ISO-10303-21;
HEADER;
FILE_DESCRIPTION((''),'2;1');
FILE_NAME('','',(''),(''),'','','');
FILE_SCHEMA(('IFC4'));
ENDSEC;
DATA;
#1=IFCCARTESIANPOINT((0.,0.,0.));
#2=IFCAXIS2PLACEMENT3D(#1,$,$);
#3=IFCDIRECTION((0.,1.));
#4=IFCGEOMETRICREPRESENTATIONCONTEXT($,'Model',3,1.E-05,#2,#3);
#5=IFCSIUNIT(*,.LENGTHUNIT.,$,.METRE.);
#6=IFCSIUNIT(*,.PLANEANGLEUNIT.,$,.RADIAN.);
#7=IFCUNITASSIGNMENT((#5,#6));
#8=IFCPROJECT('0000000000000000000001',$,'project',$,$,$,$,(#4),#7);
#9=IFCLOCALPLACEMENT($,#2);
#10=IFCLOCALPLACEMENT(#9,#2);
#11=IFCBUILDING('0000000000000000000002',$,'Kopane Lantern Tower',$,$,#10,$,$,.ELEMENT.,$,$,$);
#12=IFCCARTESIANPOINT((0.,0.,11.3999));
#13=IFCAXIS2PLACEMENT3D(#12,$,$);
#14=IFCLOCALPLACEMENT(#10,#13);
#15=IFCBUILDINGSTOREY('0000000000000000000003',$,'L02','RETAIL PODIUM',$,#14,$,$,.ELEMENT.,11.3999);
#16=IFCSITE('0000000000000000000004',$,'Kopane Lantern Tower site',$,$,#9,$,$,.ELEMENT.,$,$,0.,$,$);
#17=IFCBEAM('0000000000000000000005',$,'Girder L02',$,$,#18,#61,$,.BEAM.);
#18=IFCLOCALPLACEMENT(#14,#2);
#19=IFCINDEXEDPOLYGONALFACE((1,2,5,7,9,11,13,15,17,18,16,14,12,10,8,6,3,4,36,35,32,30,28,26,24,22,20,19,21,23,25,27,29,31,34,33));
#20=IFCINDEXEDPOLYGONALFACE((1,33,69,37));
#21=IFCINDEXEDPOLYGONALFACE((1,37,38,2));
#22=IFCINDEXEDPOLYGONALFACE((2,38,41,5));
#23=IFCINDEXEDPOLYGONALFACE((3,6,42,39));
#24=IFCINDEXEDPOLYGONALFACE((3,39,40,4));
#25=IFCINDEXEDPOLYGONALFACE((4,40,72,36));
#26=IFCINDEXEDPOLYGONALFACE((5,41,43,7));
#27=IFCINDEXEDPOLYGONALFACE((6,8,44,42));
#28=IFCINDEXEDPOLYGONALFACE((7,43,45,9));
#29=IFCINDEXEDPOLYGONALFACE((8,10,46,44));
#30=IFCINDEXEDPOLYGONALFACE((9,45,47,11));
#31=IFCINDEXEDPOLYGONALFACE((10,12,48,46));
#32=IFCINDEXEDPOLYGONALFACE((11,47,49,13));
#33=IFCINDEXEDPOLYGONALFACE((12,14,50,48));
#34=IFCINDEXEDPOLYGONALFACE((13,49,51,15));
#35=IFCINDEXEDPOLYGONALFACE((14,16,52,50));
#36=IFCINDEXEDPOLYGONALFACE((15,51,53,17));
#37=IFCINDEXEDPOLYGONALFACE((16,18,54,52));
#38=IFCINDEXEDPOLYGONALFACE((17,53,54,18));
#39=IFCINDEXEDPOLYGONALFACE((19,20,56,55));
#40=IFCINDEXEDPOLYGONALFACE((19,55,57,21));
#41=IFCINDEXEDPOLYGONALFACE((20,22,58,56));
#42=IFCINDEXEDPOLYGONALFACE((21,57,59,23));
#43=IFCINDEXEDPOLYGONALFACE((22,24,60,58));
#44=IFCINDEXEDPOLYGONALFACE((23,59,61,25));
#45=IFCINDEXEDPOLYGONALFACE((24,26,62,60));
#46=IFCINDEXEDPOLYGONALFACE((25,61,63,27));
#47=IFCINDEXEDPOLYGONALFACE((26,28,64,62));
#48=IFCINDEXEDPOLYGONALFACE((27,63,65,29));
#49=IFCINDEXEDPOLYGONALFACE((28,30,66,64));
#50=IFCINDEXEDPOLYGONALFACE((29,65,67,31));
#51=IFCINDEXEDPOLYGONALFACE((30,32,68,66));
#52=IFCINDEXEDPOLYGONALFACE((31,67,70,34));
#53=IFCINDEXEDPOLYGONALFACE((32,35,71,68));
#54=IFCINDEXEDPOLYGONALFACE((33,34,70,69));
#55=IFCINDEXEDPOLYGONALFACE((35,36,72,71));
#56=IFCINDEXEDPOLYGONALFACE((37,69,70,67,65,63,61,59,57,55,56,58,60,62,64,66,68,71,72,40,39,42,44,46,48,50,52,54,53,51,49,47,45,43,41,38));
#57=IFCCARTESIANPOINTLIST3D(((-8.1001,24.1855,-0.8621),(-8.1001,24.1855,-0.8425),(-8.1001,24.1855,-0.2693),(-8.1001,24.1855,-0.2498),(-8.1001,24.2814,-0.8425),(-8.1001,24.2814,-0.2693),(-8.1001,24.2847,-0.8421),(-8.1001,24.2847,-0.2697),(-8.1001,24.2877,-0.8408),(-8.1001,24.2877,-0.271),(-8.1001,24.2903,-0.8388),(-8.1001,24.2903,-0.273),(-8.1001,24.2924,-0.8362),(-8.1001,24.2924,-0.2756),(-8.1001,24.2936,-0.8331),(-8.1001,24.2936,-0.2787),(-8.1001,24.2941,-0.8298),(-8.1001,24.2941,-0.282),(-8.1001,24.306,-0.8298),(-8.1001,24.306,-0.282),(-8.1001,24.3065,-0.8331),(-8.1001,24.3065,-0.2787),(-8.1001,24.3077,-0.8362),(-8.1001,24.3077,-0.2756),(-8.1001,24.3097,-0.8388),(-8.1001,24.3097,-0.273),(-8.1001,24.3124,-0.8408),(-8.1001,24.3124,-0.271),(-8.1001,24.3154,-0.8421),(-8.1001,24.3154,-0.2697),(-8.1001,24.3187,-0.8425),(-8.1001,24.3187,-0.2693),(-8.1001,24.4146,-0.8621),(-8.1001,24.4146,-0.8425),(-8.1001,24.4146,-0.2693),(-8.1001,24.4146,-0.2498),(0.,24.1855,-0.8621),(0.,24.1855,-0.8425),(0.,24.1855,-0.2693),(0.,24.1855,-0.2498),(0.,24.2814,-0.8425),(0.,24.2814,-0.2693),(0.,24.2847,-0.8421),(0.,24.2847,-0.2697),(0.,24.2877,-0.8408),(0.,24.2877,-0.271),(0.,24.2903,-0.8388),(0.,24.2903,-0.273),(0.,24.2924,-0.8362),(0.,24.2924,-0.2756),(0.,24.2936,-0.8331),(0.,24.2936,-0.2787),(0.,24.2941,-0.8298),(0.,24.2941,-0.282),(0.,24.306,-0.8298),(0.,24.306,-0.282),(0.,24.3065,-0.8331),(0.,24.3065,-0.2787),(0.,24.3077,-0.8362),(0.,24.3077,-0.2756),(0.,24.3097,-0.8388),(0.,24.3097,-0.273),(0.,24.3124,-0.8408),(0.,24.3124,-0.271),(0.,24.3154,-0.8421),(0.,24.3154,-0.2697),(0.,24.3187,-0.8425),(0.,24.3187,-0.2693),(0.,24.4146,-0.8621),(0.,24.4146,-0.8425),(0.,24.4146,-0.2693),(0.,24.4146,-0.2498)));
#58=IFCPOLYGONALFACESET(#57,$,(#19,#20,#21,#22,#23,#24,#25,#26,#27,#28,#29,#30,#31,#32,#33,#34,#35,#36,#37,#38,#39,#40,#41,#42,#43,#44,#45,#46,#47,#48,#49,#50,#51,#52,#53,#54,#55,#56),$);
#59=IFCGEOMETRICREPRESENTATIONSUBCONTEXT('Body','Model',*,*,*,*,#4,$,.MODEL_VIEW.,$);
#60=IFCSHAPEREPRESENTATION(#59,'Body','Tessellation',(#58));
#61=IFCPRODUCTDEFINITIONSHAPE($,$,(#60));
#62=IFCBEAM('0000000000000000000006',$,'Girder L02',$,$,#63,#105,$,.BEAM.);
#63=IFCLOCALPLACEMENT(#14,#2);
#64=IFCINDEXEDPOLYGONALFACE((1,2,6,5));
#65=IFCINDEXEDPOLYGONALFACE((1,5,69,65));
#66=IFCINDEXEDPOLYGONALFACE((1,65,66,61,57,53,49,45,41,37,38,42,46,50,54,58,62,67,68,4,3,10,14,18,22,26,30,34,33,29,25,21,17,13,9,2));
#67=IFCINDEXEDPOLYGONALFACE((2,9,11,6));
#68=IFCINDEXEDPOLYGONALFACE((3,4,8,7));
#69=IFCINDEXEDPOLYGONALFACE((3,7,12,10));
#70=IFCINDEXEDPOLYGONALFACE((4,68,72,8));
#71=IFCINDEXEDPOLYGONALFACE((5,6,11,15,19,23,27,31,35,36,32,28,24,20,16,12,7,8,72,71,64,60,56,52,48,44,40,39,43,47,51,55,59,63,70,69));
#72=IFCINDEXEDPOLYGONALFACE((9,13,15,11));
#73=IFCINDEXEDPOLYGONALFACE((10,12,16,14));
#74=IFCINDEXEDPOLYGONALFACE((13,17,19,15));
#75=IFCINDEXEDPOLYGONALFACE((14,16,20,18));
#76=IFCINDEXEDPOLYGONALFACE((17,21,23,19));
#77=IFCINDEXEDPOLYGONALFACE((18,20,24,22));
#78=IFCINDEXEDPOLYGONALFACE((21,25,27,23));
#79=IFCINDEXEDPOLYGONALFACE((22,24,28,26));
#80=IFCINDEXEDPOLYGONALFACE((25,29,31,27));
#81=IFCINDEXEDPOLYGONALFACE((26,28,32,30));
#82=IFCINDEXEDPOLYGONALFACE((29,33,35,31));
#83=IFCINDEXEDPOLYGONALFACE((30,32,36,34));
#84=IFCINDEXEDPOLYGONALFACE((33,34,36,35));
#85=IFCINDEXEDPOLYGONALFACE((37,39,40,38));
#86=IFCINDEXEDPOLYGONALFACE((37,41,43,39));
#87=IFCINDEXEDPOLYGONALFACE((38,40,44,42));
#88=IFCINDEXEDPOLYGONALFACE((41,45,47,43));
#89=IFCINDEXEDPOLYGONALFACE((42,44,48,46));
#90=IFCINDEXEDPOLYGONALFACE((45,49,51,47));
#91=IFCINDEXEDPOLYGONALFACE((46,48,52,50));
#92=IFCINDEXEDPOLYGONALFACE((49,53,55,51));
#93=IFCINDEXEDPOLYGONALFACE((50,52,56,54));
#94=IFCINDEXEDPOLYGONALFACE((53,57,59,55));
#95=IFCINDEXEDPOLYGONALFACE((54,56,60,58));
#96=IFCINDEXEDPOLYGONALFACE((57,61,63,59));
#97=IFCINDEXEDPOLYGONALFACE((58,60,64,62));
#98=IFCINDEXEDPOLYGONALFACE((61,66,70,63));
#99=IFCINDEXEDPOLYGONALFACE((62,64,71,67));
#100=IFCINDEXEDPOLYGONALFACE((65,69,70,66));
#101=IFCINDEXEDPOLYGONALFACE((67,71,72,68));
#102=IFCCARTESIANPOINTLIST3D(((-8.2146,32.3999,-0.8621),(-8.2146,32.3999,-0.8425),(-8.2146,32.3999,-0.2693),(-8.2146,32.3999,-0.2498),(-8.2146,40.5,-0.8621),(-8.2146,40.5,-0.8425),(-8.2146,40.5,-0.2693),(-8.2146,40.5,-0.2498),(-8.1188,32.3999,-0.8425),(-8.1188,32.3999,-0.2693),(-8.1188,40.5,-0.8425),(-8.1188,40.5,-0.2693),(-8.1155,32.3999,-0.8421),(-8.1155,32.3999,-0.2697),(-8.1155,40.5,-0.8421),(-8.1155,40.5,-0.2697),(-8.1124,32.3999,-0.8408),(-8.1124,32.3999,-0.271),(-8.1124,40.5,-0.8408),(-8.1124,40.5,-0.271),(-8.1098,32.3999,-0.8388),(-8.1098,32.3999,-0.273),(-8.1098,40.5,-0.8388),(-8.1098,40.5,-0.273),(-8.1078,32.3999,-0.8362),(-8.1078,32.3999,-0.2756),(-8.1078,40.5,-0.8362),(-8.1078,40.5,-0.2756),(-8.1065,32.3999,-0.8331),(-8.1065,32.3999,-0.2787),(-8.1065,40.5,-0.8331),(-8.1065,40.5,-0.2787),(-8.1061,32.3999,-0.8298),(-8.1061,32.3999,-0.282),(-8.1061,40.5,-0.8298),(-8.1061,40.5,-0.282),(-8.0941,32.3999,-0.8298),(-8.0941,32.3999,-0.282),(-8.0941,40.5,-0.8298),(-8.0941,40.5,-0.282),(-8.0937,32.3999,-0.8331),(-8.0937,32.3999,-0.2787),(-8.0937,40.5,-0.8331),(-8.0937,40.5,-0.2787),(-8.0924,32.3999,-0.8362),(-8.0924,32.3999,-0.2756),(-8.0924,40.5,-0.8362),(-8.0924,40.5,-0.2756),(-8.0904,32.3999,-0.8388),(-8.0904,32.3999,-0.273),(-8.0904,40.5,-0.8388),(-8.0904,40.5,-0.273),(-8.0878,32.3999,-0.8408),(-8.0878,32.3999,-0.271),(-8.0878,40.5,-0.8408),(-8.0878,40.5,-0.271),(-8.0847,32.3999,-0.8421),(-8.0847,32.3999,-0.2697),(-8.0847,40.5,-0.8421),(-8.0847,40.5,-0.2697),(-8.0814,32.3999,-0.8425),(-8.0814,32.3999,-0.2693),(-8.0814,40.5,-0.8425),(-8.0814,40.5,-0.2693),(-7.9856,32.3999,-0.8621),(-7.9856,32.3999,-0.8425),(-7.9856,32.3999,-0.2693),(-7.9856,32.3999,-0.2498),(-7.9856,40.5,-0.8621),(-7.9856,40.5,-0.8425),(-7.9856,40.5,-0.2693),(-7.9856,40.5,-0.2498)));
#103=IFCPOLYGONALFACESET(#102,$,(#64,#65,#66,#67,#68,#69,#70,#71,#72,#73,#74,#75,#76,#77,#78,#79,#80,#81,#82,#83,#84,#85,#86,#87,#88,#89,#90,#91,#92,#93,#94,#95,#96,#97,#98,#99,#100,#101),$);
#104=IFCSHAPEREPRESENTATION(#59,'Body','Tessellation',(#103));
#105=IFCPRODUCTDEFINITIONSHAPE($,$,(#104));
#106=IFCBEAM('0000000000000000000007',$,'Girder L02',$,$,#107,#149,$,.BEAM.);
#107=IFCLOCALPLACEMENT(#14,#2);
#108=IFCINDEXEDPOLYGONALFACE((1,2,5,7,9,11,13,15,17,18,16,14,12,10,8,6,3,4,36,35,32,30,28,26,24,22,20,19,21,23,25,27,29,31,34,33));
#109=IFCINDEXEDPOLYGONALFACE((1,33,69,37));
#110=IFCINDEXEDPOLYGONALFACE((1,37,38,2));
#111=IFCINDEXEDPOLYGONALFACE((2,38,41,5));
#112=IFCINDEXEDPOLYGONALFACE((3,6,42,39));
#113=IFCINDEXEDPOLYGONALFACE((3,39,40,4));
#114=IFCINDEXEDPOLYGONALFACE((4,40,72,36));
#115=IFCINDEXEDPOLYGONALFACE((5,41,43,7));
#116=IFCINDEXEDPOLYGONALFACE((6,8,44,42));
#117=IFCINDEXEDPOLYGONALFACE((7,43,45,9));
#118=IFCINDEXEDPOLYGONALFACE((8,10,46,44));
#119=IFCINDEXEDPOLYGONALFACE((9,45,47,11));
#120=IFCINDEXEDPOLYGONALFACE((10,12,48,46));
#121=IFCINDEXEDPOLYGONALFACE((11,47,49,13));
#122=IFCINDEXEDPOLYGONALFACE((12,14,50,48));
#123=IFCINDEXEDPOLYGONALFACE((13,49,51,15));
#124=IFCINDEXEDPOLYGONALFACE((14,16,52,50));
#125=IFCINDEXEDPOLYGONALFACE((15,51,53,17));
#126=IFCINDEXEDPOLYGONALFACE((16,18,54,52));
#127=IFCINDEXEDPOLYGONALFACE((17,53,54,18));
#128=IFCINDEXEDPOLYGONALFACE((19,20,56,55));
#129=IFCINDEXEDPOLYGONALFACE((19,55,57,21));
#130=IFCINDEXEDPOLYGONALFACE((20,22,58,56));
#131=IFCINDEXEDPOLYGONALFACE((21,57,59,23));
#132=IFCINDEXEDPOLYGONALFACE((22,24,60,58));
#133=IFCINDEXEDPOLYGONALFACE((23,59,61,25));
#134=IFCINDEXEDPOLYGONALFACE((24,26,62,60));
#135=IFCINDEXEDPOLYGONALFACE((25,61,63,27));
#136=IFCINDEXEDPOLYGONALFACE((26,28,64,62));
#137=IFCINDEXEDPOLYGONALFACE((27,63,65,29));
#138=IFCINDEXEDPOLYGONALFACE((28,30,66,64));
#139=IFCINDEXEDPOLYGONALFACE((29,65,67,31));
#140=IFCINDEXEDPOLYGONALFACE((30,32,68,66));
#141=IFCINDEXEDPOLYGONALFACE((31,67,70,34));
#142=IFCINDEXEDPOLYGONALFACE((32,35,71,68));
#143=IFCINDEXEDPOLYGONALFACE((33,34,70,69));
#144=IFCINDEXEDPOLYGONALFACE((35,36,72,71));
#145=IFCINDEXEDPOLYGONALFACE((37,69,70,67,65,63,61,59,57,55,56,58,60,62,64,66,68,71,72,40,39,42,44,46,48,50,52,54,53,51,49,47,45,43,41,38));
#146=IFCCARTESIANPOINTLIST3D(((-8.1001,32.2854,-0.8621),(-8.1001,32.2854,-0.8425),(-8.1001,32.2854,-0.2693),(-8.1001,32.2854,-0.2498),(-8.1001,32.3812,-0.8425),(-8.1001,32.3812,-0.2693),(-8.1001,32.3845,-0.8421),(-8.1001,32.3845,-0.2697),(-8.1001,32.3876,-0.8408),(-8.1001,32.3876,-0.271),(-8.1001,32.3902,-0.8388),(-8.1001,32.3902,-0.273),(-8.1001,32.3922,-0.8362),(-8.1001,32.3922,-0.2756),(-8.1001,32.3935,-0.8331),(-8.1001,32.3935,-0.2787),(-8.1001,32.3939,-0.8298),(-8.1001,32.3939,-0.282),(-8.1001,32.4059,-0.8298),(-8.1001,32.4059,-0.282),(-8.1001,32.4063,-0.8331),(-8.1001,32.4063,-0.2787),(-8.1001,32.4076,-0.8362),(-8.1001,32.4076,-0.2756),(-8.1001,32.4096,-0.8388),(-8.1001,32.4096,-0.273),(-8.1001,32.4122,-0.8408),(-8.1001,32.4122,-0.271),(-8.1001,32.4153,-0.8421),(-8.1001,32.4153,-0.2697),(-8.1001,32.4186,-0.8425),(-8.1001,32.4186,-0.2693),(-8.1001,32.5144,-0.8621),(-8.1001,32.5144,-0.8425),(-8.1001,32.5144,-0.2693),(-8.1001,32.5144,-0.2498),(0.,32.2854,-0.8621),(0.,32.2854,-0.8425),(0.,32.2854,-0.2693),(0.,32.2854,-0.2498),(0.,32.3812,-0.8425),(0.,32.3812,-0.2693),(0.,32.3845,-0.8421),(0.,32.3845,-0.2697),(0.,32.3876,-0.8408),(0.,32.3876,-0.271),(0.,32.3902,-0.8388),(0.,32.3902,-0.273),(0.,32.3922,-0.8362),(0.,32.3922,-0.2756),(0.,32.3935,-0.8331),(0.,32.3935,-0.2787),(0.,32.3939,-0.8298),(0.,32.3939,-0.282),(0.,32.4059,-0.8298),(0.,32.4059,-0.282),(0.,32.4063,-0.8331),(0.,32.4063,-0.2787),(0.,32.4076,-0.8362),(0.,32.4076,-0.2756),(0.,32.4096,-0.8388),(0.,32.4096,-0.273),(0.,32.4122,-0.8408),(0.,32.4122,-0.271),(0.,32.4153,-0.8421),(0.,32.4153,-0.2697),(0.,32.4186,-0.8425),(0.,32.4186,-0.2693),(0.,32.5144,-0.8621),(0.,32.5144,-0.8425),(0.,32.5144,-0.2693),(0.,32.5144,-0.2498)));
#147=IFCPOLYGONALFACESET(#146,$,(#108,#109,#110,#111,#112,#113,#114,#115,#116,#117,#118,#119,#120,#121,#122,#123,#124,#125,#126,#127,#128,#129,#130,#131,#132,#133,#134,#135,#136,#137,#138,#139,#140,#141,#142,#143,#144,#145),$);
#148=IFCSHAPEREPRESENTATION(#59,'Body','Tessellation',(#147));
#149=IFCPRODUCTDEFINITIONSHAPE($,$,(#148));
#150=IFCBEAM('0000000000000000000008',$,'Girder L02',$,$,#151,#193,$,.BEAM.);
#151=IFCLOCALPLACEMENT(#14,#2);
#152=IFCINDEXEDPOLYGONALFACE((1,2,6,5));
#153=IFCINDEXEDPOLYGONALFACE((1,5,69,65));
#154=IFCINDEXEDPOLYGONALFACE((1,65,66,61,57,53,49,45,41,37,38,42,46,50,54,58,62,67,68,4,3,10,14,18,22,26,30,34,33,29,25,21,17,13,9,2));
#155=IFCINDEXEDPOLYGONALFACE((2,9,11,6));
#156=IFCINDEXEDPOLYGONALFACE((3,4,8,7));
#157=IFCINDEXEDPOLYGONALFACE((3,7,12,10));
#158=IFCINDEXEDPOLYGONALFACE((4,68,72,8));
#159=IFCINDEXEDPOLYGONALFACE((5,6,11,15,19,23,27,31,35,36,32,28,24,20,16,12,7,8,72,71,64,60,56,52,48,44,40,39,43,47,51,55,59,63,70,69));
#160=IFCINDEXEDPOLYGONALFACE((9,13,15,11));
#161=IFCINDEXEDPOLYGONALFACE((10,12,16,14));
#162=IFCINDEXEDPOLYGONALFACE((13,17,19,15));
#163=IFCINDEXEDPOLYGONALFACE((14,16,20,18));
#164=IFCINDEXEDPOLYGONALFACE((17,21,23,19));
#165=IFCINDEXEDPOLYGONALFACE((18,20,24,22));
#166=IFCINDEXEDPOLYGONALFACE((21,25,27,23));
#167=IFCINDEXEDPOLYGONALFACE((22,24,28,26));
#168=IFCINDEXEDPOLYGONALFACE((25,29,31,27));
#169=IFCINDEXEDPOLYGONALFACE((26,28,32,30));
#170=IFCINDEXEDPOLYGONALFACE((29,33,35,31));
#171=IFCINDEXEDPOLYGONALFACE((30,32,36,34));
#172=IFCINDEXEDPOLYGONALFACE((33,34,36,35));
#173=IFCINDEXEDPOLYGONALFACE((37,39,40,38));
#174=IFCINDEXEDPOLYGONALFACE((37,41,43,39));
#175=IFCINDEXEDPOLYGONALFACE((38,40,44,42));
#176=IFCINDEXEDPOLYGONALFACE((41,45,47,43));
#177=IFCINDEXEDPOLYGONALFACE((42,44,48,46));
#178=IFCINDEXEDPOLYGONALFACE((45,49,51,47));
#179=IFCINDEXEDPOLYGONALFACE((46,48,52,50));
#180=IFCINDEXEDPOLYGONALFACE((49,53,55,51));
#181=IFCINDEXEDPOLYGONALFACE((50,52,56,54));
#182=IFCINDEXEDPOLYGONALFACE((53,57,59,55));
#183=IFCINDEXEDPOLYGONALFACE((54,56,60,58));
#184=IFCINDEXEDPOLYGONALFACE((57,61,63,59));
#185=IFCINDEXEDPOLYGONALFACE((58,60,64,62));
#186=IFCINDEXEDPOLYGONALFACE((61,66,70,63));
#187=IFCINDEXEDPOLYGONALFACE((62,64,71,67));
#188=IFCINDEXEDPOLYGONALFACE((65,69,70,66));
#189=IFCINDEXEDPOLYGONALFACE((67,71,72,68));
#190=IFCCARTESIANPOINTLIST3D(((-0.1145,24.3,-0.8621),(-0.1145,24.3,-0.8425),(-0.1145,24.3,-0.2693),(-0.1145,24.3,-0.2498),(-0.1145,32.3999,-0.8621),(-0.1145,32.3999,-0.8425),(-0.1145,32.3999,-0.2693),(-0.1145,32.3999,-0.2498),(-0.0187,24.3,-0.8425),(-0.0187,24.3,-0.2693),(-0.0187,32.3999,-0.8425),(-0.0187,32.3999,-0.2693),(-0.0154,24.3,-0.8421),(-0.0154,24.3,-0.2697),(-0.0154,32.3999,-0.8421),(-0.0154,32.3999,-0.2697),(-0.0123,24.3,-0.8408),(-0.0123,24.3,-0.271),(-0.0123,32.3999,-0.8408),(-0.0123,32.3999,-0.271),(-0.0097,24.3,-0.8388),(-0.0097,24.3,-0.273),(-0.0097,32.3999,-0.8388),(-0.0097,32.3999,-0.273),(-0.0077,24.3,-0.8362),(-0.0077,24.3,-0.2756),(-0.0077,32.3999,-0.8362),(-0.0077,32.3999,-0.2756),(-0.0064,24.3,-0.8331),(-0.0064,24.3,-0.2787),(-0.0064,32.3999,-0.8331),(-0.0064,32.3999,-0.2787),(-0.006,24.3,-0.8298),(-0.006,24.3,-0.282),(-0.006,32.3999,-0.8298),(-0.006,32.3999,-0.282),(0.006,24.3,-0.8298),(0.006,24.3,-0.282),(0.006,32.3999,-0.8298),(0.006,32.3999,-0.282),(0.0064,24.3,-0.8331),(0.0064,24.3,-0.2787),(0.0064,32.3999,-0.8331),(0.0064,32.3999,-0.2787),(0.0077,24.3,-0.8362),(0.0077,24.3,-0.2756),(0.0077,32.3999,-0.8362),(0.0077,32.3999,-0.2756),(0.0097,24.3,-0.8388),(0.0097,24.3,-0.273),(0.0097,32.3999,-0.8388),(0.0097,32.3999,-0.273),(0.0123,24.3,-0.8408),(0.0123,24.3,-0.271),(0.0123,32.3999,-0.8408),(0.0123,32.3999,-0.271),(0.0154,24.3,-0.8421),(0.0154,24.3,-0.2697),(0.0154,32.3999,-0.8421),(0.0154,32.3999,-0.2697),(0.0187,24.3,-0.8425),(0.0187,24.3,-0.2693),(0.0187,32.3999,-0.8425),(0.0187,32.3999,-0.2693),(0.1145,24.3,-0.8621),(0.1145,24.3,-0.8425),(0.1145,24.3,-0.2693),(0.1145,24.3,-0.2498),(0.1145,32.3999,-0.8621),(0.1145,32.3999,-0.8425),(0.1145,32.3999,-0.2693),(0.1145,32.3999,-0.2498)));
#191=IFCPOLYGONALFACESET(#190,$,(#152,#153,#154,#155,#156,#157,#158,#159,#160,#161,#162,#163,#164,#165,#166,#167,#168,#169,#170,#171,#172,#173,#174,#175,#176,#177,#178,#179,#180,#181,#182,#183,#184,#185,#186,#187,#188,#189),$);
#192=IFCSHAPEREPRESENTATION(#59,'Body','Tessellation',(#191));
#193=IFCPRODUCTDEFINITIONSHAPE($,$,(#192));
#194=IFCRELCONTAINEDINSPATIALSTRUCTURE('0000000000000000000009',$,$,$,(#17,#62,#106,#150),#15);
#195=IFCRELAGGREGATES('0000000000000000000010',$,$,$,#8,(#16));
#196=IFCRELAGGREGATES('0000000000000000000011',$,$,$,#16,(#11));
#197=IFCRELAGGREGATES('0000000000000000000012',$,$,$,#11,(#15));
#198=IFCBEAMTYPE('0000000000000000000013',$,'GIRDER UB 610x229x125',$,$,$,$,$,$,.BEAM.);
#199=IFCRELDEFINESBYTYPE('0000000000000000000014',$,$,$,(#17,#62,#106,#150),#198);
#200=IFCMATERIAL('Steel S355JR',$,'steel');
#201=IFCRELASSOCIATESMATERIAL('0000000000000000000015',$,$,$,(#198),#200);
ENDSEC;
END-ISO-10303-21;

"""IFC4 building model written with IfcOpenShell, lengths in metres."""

from ifc_helpers import new_model, si_unit, direction, frame, origin, origin_2d, place, context, subcontext, project, spatial, i_section, extrude, material, material_profile, profile_set, type_object, element, save


model = new_model("IFC4")

# Units and contexts
model_context = context("Model", 3, precision=1e-05, world=origin(), true_north=direction((0.0, 1.0)))
body_context = subcontext(model_context, "Body", "Model", "MODEL_VIEW")
ifc_project = project(units=[si_unit("LENGTHUNIT", "METRE"), si_unit("PLANEANGLEUNIT", "RADIAN")], contexts=[model_context])

# Site, building, storey
site_placement = place(None, origin())
site = spatial("IfcSite", under=ifc_project, at=site_placement, Name="Kopane Lantern Tower site", CompositionType="ELEMENT", RefElevation=0.0)
building_placement = place(site_placement, origin())
building = spatial("IfcBuilding", under=site, at=building_placement, Name="Kopane Lantern Tower", CompositionType="ELEMENT")
storey_placement = place(building_placement, frame((0.0, 0.0, 11.3999)))
storey = spatial("IfcBuildingStorey", under=building, at=storey_placement, Name="L02", Description="RETAIL PODIUM", CompositionType="ELEMENT", Elevation=11.3999)

# Beams
ifc_material_1 = material(Name="Steel S355JR", Category="steel")
ifc_material_profile_1 = material_profile(ifc_material_1, i_section(OverallWidth=0.229, OverallDepth=0.6123, WebThickness=0.012, FlangeThickness=0.0195, FilletRadius=0.0127, at=origin_2d()), Name="UB 610x229x125")
ifc_profile_set_1 = profile_set([ifc_material_profile_1], Name="Steel S355JR")
beam_type = type_object("IfcBeamType", Name="GIRDER UB 610x229x125", PredefinedType="BEAM", material=ifc_profile_set_1)
for number, where, z_axis, x_axis, name in (
    (1, (-8.1001, 24.3, -0.5559), (1.0, 0.0, 0.0), (0.0, 1.0, 0.0), "Girder L02"),
    (2, (-8.1001, 32.3999, -0.5559), (0.0, 1.0, 0.0), (-1.0, 0.0, 0.0), "Girder L02"),
    (3, (-8.1001, 32.3999, -0.5559), (1.0, 0.0, 0.0), (0.0, 1.0, 0.0), "Girder L02"),
):
    element("IfcBeam", number, at=place(storey_placement, frame(where, z_axis=z_axis, x_axis=x_axis)), inside=storey, type_object=beam_type, Name=name, PredefinedType="BEAM", context=body_context, shape_type="SweptSolid", body=[
        extrude(i_section(OverallWidth=0.229, OverallDepth=0.6123, WebThickness=0.012, FlangeThickness=0.0195, FilletRadius=0.0127, at=origin_2d()), origin(), (0.0, 0.0, 1.0), 8.1001),
    ])
beam_1_placement = place(storey_placement, frame((0.0, 24.3, -0.5559), z_axis=(0.0, 1.0, 0.0), x_axis=(-1.0, 0.0, 0.0)))
element("IfcBeam", 4, at=beam_1_placement, inside=storey, type_object=beam_type, Name="Girder L02", PredefinedType="BEAM", context=body_context, shape_type="SweptSolid", body=[
    extrude(i_section(OverallWidth=0.229, OverallDepth=0.6123, WebThickness=0.012, FlangeThickness=0.0195, FilletRadius=0.0127, at=origin_2d()), origin(), (0.0, 0.0, 1.0), 8.0999),
])

save(model, "model.ifc")
